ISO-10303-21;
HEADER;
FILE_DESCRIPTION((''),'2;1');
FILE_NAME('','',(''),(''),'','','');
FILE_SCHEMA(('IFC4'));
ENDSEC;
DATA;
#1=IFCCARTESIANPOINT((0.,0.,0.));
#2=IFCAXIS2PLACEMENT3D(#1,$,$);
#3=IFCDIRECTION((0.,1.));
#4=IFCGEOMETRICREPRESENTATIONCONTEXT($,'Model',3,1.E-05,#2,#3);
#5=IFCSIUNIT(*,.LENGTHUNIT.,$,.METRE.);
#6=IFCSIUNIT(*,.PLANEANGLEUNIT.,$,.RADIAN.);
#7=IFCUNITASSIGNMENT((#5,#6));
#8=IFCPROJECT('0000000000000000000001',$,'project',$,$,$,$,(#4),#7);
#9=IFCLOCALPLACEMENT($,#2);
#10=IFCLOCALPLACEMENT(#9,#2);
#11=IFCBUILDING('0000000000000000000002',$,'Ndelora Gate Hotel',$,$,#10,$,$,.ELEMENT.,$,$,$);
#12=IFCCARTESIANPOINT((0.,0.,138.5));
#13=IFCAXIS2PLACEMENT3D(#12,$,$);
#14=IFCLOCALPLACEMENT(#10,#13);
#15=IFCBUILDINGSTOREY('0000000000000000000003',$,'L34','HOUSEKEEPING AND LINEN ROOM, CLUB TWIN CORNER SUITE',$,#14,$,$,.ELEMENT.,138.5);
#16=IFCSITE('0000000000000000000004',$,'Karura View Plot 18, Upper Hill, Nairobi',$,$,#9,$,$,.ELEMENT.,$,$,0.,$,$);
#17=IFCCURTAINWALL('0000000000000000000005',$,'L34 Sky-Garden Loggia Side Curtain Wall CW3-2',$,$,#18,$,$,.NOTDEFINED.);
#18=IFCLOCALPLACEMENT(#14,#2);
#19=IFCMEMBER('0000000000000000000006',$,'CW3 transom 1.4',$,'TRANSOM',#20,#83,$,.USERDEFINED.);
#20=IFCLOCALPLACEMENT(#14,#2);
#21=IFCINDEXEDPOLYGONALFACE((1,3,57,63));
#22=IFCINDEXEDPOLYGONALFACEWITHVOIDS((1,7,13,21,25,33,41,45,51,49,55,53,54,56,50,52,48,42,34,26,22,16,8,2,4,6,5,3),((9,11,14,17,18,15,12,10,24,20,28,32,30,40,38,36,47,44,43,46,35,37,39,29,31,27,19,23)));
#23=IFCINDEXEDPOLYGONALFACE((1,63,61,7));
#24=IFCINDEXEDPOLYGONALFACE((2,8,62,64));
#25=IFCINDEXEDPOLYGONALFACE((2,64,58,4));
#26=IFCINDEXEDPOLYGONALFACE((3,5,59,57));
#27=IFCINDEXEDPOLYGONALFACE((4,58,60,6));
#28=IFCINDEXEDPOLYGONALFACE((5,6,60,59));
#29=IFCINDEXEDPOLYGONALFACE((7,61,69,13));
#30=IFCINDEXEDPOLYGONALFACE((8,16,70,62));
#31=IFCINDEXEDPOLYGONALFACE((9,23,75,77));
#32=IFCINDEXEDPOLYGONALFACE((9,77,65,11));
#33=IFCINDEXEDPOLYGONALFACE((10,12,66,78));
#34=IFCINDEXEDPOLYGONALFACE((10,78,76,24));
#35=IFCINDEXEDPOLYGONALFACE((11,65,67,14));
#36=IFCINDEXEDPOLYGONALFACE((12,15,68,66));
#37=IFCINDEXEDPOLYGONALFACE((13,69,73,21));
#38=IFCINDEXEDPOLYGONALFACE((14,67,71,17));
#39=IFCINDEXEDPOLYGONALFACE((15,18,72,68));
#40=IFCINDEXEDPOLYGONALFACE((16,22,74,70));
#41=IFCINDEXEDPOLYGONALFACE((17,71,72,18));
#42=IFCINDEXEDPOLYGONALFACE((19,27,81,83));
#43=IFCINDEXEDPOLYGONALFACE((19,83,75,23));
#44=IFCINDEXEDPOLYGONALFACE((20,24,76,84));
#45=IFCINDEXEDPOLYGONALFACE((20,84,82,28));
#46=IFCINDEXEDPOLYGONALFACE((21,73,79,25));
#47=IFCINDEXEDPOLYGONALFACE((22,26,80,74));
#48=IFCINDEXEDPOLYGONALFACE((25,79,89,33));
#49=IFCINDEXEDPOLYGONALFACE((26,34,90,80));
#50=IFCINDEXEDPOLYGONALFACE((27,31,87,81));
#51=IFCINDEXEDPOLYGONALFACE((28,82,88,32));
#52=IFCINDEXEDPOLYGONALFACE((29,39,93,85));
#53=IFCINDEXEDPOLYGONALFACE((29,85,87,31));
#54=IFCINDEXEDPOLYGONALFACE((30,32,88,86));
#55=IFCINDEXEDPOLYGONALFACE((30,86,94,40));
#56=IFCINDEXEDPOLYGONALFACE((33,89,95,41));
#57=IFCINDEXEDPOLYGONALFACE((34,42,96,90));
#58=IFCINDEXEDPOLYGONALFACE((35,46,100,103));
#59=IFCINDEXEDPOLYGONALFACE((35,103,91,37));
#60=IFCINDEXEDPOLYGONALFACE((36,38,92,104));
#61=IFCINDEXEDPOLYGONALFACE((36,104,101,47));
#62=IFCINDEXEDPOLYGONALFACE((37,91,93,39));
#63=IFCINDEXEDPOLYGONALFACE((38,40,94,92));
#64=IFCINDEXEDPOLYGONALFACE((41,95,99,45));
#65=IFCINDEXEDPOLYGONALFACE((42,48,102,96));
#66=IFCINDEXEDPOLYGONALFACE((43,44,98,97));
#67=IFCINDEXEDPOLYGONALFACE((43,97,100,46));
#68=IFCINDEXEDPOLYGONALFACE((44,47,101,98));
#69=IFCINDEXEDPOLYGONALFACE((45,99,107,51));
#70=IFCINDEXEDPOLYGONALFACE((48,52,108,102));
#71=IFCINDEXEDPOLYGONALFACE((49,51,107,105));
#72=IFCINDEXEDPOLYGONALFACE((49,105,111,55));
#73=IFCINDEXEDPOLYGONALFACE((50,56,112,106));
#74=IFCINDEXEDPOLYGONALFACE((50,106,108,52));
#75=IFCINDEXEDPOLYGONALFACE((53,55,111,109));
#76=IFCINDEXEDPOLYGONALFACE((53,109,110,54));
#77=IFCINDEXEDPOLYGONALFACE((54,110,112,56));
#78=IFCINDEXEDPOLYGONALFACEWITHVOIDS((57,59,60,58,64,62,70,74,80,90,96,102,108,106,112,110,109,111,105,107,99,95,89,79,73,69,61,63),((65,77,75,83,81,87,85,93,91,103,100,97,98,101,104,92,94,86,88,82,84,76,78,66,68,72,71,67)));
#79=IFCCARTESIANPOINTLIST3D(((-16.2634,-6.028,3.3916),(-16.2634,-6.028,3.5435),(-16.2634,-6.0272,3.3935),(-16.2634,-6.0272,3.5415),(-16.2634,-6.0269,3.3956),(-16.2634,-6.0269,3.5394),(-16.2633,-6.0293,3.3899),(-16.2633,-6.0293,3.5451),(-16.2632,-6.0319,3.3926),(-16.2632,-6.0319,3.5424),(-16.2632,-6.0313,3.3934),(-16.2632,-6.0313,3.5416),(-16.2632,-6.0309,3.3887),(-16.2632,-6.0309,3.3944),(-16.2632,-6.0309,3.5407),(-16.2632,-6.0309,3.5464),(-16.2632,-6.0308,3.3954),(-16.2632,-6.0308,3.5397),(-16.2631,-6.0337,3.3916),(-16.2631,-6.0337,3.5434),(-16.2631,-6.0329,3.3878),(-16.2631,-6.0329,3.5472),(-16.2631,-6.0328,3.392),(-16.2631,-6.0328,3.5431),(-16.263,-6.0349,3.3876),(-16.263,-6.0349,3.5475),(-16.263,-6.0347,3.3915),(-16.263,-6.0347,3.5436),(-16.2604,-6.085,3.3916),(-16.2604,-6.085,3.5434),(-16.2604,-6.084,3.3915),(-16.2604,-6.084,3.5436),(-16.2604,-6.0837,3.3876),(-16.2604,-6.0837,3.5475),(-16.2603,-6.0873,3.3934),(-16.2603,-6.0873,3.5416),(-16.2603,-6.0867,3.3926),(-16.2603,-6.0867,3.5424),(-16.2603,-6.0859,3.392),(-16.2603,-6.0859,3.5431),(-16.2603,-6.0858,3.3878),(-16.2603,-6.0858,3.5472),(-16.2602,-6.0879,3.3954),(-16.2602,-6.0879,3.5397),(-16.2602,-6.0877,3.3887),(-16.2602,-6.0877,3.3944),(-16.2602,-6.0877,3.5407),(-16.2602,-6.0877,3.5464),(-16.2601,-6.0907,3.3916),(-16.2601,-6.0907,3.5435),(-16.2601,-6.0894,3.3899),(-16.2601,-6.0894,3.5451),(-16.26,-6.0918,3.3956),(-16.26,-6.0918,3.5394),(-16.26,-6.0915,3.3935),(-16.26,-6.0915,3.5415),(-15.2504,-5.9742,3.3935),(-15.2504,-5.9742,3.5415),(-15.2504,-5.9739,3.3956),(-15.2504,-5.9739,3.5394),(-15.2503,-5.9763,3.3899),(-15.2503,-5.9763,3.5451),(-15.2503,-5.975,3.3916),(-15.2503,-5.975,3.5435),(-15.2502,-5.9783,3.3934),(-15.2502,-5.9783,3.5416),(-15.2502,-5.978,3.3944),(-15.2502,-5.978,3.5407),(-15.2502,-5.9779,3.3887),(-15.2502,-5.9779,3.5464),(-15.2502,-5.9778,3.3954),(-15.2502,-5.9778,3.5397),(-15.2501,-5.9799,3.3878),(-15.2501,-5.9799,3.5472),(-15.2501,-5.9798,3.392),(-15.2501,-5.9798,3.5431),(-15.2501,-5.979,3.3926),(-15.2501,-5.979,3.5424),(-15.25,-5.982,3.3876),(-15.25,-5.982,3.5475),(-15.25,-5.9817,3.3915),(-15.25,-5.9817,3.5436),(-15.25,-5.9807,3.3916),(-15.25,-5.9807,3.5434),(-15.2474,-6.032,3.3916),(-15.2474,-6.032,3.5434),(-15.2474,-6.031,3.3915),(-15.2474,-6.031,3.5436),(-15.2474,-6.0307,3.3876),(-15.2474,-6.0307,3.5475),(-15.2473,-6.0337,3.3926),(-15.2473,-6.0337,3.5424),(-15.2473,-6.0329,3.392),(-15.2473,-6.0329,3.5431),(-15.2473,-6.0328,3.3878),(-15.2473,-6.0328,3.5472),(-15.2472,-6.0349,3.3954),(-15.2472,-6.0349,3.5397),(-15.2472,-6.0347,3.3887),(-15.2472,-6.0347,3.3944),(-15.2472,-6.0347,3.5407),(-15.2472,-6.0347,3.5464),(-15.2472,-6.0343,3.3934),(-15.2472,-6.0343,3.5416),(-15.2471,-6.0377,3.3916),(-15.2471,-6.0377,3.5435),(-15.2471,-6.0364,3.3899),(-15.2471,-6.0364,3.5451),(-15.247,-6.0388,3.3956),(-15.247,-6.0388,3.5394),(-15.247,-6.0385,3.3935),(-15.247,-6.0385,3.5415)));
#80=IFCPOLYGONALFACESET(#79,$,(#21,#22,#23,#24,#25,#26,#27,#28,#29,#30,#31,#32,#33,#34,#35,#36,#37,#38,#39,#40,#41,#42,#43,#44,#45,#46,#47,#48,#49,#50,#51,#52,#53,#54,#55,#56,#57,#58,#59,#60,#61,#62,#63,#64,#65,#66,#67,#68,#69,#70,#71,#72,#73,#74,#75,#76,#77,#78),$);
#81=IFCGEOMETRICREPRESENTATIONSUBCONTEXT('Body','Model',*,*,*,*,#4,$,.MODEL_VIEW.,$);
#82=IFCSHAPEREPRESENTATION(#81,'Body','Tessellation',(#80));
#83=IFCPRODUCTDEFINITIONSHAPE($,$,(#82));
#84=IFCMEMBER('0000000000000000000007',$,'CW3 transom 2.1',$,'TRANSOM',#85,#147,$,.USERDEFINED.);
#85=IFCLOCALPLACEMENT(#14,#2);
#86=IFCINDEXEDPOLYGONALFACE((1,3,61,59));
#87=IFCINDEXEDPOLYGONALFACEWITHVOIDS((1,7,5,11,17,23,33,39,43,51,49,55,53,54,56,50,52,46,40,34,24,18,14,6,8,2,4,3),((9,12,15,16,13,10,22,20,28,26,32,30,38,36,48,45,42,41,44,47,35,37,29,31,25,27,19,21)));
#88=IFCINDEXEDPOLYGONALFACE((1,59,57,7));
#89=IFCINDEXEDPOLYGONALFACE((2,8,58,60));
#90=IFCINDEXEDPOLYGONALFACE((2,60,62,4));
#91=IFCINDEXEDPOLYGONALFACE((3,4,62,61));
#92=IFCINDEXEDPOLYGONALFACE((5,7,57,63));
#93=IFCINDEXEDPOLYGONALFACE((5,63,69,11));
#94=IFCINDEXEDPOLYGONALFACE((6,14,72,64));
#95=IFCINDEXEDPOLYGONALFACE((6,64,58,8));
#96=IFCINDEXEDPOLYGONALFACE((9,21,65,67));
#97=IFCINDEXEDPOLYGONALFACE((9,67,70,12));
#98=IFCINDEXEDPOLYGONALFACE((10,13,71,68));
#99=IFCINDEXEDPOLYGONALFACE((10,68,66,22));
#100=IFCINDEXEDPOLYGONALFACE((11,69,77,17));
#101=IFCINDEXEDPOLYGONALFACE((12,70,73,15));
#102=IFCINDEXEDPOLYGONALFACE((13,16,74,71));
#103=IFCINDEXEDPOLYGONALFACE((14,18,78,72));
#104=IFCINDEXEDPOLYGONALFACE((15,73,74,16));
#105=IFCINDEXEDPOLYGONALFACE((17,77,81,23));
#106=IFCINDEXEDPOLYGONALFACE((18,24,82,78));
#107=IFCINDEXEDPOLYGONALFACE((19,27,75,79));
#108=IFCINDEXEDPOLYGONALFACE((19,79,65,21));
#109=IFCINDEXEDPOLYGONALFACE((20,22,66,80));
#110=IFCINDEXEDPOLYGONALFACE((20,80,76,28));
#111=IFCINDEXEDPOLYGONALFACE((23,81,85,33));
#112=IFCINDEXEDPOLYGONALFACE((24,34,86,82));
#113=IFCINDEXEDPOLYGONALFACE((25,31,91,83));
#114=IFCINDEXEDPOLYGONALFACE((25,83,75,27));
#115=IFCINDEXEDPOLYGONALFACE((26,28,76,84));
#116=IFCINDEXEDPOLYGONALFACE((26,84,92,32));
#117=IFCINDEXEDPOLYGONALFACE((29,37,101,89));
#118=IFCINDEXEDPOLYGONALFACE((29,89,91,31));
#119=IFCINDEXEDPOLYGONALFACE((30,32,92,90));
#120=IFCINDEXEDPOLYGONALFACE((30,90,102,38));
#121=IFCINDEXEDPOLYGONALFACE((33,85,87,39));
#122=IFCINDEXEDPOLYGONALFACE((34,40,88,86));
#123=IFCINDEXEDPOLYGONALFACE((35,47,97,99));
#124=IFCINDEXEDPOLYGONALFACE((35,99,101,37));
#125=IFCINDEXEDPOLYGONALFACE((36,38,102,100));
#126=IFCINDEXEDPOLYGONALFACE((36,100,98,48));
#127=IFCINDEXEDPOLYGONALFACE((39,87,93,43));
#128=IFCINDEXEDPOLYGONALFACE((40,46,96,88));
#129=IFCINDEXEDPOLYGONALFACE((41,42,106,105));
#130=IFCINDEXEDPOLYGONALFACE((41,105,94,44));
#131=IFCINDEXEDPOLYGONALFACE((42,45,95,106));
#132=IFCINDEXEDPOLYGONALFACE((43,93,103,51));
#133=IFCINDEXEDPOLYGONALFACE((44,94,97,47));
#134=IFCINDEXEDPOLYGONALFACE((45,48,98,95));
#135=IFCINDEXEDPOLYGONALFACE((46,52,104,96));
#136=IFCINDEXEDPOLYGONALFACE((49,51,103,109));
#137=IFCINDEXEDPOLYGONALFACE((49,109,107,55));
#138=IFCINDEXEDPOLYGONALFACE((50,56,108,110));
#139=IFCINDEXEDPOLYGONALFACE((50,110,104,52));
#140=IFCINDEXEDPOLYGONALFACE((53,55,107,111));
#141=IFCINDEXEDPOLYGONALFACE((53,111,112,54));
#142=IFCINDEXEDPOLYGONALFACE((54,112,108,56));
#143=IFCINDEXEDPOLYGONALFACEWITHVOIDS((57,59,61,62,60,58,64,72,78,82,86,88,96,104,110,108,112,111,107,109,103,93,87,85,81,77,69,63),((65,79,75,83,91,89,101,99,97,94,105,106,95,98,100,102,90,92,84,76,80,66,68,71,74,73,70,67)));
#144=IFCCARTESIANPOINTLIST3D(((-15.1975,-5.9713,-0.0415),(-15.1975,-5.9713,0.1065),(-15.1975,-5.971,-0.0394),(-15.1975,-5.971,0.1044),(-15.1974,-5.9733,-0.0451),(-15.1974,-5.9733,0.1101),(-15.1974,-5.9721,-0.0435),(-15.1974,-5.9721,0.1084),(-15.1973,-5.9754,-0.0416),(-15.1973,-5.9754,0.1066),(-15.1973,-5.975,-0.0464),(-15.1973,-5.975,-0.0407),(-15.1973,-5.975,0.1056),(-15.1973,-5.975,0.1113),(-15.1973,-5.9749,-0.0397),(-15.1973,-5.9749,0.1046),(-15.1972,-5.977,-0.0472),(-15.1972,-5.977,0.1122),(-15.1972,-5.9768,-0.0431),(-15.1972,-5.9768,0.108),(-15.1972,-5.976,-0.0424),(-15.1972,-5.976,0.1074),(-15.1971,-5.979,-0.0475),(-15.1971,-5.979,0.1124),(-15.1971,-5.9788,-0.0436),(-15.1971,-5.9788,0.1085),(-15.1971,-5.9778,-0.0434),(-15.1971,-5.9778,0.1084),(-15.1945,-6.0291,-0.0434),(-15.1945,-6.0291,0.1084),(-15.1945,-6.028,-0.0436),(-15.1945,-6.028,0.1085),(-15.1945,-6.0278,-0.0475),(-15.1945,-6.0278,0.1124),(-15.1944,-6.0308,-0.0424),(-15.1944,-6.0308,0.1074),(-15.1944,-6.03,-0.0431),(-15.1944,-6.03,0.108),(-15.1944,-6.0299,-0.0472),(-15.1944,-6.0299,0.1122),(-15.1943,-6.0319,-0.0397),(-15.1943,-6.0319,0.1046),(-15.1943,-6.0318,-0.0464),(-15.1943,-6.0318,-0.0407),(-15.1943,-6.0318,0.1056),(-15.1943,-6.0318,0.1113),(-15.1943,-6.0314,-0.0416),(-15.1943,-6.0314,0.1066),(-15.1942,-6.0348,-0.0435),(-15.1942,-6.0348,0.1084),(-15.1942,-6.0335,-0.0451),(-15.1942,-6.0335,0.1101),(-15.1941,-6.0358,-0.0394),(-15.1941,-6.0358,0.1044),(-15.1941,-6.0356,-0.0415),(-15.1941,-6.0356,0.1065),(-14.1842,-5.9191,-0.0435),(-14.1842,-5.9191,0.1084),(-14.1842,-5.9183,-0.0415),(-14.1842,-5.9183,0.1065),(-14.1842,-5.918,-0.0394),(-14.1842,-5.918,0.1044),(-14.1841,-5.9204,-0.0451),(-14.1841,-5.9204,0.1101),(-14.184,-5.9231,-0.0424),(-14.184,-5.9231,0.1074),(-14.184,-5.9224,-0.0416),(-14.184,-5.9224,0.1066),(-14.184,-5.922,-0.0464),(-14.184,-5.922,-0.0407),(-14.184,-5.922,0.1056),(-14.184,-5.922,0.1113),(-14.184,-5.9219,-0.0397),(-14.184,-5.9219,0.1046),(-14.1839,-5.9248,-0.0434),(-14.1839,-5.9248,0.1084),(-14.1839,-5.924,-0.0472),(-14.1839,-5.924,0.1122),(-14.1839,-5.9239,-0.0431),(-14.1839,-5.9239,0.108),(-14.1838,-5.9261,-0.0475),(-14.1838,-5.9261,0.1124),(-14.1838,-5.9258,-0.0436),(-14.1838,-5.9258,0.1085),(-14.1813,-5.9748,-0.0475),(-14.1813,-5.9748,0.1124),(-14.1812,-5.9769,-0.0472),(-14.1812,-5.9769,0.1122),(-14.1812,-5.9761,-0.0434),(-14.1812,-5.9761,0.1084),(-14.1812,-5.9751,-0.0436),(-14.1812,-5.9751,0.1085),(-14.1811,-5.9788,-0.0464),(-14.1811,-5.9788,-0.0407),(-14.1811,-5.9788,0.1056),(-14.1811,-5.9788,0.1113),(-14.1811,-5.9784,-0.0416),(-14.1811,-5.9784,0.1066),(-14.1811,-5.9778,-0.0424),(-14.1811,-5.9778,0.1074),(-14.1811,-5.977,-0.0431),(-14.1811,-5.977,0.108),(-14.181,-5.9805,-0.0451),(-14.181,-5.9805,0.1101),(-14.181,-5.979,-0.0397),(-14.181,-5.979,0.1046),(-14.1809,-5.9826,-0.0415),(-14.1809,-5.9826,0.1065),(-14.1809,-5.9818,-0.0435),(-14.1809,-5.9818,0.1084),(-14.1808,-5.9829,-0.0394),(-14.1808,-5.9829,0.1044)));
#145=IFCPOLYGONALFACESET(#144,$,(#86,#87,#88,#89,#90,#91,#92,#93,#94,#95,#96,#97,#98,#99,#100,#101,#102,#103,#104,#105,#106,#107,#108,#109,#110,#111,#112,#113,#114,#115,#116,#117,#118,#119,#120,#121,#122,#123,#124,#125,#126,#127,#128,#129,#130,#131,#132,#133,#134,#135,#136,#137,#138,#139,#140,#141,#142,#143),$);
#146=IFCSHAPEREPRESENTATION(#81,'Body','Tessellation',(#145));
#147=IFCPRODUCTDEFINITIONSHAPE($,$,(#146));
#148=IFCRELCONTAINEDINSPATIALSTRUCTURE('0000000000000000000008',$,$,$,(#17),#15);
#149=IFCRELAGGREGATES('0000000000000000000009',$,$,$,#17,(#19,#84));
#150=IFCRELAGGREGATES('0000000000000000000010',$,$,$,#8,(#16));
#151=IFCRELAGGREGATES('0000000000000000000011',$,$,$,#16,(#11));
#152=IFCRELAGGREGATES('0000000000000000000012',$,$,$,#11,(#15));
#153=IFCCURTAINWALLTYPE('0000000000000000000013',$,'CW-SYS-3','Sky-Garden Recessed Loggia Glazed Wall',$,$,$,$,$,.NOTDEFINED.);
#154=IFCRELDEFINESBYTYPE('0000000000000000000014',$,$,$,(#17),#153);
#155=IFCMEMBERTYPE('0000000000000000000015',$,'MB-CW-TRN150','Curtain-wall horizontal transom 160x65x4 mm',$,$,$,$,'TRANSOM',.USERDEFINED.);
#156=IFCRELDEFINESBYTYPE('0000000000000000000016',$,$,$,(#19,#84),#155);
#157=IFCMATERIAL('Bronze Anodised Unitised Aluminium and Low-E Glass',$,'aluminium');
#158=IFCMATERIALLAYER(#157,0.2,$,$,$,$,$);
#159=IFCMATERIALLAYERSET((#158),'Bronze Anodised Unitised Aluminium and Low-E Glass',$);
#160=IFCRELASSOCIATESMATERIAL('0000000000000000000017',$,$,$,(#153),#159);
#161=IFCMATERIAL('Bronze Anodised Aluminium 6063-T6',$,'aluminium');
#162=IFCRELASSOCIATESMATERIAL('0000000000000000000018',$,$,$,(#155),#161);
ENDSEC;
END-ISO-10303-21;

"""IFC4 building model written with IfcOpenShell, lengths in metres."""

from ifc_helpers import new_model, si_unit, direction, frame, origin, origin_2d, place, context, subcontext, project, spatial, hollow_rectangle, extrude, material, layer, layer_set, material_profile, profile_set, type_object, element, aggregate, save


model = new_model("IFC4")

# Units and contexts
model_context = context("Model", 3, precision=1e-05, world=origin(), true_north=direction((0.0, 1.0)))
body_context = subcontext(model_context, "Body", "Model", "MODEL_VIEW")
ifc_project = project(units=[si_unit("LENGTHUNIT", "METRE"), si_unit("PLANEANGLEUNIT", "RADIAN")], contexts=[model_context])

# Site, building, storey
site_placement = place(None, origin())
site = spatial("IfcSite", under=ifc_project, at=site_placement, Name="Karura View Plot 18, Upper Hill, Nairobi", CompositionType="ELEMENT", RefElevation=0.0)
building_placement = place(site_placement, origin())
building = spatial("IfcBuilding", under=site, at=building_placement, Name="Ndelora Gate Hotel", CompositionType="ELEMENT")
storey_placement = place(building_placement, frame((0.0, 0.0, 138.5)))
storey = spatial("IfcBuildingStorey", under=building, at=storey_placement, Name="L34", Description="HOUSEKEEPING AND LINEN ROOM, CLUB TWIN CORNER SUITE", CompositionType="ELEMENT", Elevation=138.5)

# Curtain wall, members
ifc_material_1 = material(Name="Bronze Anodised Unitised Aluminium and Low-E Glass", Category="aluminium")
ifc_layer_1 = layer(ifc_material_1, 0.2)
ifc_layer_set_1 = layer_set([ifc_layer_1], Name="Bronze Anodised Unitised Aluminium and Low-E Glass")
curtain_wall_type = type_object("IfcCurtainWallType", Name="CW-SYS-3", Description="Sky-Garden Recessed Loggia Glazed Wall", PredefinedType="NOTDEFINED", material=ifc_layer_set_1)
curtain_wall_placement = place(storey_placement, origin())
curtain_wall = element("IfcCurtainWall", 1, at=curtain_wall_placement, inside=storey, type_object=curtain_wall_type, Name="L34 Sky-Garden Loggia Side Curtain Wall CW3-2", PredefinedType="NOTDEFINED")
ifc_material_2 = material(Name="Bronze Anodised Aluminium 6063-T6", Category="aluminium")
ifc_material_profile_1 = material_profile(ifc_material_2, hollow_rectangle(XDim=0.0649, YDim=0.1599, WallThickness=0.0039, InnerFilletRadius=0.0039, OuterFilletRadius=0.0081, at=origin_2d()), Name="ALU 160x65x4")
ifc_profile_set_1 = profile_set([ifc_material_profile_1], Name="Bronze Anodised Aluminium 6063-T6")
member_type_1 = type_object("IfcMemberType", Name="MB-CW-TRN150", Description="Curtain-wall horizontal transom 160x65x4 mm", ElementType="TRANSOM", PredefinedType="USERDEFINED", material=ifc_profile_set_1)
member_1_placement = place(storey_placement, frame((-16.2617, -6.0593, 3.4675), z_axis=(0.998635, 0.05223, 0.0), x_axis=(-0.05223, 0.998635, 0.0)))
member_1 = element("IfcMember", 2, at=member_1_placement, type_object=member_type_1, Name="CW3 transom 1.4", ObjectType="TRANSOM", PredefinedType="USERDEFINED", context=body_context, shape_type="SweptSolid", body=[
    extrude(hollow_rectangle(XDim=0.0649, YDim=0.1599, WallThickness=0.0039, InnerFilletRadius=0.0039, OuterFilletRadius=0.0081, at=origin_2d()), origin(), (0.0, 0.0, 1.0), 1.0144),
])
member_2_placement = place(storey_placement, frame((-15.1958, -6.0034, 0.0325), z_axis=(0.998636, 0.052218, 0.0), x_axis=(-0.052218, 0.998636, 0.0)))
member_2 = element("IfcMember", 3, at=member_2_placement, type_object=member_type_1, Name="CW3 transom 2.1", ObjectType="TRANSOM", PredefinedType="USERDEFINED", context=body_context, shape_type="SweptSolid", body=[
    extrude(hollow_rectangle(XDim=0.0649, YDim=0.1599, WallThickness=0.0039, InnerFilletRadius=0.0039, OuterFilletRadius=0.0081, at=origin_2d()), origin(), (0.0, 0.0, 1.0), 1.0146),
])
aggregate(curtain_wall, [member_1, member_2])

save(model, "model.ifc")
